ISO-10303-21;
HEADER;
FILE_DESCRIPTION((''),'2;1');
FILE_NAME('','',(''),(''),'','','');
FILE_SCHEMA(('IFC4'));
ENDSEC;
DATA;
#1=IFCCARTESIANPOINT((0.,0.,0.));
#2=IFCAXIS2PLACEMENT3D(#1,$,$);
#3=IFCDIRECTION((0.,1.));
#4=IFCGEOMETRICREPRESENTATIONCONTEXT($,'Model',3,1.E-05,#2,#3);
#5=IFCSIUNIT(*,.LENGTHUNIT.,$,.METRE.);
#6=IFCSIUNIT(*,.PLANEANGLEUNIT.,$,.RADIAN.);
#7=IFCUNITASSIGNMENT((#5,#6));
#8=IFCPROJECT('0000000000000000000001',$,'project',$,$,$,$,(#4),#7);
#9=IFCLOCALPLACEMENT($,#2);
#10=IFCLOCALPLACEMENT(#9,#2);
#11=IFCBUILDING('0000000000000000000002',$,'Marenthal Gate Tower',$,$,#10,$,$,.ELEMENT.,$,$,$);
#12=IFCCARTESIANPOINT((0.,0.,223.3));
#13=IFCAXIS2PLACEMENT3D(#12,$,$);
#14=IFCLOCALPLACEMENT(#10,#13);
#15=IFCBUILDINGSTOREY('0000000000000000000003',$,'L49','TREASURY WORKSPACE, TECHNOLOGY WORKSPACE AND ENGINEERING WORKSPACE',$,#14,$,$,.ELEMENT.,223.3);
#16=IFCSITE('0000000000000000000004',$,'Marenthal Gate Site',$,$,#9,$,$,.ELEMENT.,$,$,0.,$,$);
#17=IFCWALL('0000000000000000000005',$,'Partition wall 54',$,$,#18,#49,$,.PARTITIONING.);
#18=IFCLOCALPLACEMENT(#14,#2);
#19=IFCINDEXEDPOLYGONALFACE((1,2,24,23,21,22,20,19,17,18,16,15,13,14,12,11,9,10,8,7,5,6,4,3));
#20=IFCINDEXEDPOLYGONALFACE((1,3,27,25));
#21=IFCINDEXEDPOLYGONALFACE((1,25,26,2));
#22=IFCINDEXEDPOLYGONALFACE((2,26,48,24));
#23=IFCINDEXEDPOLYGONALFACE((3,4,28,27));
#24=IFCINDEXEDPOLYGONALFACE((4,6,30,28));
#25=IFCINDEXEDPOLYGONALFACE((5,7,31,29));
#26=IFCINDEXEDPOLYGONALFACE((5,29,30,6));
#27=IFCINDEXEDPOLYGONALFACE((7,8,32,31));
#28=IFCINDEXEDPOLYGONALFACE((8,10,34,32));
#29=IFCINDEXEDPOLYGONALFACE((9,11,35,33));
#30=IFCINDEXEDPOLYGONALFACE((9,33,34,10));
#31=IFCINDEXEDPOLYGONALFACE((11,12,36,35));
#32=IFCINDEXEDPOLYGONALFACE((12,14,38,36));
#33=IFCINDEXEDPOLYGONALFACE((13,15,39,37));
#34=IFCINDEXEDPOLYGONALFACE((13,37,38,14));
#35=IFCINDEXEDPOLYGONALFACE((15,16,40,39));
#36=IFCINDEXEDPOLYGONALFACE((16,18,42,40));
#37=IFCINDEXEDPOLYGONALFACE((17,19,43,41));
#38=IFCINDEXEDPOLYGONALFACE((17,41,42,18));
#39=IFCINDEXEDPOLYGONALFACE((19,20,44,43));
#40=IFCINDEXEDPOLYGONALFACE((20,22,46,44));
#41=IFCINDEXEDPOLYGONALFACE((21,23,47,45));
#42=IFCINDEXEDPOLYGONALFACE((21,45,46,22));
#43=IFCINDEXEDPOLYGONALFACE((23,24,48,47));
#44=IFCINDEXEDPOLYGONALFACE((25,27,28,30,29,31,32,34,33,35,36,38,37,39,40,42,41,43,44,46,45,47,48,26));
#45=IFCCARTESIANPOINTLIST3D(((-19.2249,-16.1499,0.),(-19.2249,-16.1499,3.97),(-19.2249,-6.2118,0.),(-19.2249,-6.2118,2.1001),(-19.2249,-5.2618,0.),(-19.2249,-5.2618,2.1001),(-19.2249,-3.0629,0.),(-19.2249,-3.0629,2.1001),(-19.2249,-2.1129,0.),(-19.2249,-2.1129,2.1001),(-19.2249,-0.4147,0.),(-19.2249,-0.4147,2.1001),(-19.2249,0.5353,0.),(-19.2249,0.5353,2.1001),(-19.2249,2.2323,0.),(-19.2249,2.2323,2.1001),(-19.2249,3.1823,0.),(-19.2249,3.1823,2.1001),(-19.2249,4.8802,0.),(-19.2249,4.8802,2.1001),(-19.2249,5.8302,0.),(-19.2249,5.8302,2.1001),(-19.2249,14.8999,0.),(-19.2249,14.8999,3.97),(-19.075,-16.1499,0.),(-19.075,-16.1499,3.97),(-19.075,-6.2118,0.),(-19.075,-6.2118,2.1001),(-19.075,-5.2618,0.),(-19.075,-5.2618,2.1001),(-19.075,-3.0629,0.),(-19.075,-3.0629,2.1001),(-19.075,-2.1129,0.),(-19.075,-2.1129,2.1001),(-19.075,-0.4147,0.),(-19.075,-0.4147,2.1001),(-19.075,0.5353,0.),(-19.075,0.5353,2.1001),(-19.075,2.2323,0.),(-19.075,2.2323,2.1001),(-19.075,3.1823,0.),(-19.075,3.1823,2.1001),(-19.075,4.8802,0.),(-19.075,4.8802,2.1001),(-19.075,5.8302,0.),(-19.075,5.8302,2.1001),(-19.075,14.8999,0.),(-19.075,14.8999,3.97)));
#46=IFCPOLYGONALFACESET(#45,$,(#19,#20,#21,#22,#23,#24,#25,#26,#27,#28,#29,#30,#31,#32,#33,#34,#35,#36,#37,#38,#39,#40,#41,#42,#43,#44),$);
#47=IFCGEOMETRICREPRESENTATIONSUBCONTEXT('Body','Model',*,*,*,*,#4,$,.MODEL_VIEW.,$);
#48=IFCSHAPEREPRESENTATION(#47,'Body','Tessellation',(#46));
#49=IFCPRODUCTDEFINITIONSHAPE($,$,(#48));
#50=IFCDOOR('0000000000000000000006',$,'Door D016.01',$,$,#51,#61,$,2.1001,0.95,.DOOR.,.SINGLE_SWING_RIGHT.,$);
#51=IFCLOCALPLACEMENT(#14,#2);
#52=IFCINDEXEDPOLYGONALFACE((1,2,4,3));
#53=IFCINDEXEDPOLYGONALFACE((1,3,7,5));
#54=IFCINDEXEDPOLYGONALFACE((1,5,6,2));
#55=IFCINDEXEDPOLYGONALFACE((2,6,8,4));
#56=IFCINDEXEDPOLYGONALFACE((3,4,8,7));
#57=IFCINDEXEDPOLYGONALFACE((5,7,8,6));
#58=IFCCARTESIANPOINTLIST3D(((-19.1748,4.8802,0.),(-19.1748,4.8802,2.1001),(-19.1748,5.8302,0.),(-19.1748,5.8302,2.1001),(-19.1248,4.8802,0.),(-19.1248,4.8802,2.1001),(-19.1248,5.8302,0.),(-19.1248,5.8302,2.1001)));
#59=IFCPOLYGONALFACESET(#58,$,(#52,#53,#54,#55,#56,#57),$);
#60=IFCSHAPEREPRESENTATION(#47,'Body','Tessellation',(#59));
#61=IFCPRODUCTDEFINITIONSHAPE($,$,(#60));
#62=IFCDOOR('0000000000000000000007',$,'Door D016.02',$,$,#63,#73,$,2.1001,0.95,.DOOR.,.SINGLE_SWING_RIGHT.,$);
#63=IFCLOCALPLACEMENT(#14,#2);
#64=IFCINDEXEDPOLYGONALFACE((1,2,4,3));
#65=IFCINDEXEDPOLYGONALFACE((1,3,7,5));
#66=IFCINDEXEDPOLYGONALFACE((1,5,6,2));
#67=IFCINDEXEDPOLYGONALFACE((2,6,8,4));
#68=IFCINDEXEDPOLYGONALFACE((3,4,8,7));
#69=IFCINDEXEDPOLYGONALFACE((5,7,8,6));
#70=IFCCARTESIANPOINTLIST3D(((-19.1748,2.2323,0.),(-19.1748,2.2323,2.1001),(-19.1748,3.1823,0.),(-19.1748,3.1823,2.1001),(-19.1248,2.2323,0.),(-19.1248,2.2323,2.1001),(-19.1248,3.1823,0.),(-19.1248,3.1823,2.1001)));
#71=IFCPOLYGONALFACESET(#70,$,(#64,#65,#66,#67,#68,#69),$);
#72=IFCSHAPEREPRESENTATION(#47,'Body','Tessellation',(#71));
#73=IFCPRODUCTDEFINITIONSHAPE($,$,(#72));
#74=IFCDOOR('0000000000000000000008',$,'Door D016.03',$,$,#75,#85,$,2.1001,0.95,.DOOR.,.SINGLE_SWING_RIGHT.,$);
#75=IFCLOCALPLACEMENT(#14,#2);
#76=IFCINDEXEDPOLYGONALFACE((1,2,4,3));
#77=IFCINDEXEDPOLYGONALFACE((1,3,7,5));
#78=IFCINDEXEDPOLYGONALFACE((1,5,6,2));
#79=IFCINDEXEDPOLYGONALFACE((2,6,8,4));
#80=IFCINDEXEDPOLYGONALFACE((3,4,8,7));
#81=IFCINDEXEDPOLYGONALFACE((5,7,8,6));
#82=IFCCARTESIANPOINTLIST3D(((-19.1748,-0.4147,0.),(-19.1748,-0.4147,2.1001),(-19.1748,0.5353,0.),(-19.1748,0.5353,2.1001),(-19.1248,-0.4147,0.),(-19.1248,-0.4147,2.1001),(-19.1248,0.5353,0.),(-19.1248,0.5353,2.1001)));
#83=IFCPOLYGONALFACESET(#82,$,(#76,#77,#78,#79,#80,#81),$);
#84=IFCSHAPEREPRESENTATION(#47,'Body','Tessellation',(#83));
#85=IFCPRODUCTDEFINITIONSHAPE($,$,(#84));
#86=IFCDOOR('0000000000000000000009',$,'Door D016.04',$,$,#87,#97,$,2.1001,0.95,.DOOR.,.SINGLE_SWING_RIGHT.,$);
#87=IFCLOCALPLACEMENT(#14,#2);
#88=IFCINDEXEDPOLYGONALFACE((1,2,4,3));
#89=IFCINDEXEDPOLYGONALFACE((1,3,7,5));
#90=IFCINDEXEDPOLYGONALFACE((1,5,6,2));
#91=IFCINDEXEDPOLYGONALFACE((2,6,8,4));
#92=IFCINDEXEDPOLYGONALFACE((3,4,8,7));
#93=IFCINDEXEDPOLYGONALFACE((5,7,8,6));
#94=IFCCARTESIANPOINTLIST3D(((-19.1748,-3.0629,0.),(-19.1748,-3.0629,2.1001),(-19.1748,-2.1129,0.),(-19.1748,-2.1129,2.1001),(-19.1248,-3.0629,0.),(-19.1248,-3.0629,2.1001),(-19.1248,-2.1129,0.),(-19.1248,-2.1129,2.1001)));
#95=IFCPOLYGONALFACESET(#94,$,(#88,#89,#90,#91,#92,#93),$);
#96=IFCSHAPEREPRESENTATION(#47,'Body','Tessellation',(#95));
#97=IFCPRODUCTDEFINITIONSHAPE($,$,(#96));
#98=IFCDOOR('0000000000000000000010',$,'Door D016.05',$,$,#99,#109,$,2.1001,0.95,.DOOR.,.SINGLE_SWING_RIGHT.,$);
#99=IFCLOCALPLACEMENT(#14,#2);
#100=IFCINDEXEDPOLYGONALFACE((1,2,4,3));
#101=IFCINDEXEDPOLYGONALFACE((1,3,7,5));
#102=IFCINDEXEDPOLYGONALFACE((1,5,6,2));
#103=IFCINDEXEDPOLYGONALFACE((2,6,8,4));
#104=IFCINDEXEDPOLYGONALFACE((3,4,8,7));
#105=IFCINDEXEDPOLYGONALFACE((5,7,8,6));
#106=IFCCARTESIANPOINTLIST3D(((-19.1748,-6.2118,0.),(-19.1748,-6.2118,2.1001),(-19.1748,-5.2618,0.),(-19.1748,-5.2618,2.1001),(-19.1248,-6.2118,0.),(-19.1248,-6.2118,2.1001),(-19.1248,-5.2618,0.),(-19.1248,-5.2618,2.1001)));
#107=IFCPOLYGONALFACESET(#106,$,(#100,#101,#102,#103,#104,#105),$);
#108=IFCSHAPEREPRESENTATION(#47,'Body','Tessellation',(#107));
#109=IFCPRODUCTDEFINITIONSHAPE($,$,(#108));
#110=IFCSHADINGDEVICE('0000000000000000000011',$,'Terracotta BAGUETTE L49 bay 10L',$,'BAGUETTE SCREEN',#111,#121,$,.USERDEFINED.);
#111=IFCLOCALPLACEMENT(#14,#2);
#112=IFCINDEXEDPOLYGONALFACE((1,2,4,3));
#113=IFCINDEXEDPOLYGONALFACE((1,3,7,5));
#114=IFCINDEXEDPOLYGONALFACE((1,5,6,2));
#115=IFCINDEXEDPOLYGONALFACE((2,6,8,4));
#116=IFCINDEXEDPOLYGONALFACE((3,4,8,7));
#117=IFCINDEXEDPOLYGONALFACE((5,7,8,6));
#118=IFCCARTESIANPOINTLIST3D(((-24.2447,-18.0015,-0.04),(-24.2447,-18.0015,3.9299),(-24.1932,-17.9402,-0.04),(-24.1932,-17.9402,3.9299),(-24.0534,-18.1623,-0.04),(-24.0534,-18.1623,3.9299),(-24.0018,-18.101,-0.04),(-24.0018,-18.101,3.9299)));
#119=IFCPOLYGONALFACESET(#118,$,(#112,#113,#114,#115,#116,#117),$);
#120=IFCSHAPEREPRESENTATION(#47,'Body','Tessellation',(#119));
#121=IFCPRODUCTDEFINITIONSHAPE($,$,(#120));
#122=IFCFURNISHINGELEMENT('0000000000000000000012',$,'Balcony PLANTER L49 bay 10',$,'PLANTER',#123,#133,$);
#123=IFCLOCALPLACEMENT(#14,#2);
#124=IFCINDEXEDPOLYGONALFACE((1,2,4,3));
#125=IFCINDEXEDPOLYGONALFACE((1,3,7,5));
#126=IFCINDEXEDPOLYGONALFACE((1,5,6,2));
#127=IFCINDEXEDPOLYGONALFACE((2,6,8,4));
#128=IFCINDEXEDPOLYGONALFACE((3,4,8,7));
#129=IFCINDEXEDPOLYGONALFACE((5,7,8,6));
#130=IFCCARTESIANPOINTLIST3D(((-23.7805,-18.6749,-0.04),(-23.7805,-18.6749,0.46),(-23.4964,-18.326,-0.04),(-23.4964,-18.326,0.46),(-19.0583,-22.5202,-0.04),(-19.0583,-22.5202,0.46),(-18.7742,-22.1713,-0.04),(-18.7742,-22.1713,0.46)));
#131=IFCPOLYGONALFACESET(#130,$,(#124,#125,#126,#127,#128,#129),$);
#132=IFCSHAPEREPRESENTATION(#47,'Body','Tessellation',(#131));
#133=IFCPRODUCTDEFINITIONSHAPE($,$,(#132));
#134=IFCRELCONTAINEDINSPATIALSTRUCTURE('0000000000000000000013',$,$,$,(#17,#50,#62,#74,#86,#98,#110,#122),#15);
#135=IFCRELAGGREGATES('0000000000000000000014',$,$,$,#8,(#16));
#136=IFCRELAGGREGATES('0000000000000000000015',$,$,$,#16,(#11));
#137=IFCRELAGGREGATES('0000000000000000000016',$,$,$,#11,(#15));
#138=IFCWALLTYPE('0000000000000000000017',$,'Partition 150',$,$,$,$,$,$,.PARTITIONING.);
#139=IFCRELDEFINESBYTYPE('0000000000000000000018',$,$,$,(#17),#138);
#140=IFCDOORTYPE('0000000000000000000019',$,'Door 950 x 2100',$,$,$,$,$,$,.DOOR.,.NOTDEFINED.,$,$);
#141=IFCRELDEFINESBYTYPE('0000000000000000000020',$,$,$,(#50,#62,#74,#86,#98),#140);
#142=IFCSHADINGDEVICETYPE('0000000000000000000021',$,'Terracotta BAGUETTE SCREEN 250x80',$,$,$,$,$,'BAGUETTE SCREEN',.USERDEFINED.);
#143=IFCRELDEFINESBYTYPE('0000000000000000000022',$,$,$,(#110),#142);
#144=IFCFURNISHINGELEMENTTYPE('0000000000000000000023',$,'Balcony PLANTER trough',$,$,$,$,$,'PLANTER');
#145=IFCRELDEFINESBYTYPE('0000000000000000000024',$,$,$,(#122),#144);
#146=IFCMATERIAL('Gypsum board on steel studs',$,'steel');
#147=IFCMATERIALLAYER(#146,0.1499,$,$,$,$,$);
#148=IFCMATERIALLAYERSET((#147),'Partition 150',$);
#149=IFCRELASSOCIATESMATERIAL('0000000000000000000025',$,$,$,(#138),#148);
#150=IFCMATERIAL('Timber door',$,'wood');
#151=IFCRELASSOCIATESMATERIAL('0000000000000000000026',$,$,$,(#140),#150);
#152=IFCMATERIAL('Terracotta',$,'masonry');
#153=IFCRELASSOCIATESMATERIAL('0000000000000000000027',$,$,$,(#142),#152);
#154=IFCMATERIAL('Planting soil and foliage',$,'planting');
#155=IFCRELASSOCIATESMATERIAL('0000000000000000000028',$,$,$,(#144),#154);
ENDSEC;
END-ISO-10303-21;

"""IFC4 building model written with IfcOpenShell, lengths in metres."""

from ifc_helpers import new_model, si_unit, direction, frame, frame_2d, origin, origin_2d, place, context, subcontext, project, spatial, rectangle, extrude, material, layer, layer_set, material_profile, profile_set, type_object, element, fill, save


model = new_model("IFC4")

# Units and contexts
model_context = context("Model", 3, precision=1e-05, world=origin(), true_north=direction((0.0, 1.0)))
body_context = subcontext(model_context, "Body", "Model", "MODEL_VIEW")
ifc_project = project(units=[si_unit("LENGTHUNIT", "METRE"), si_unit("PLANEANGLEUNIT", "RADIAN")], contexts=[model_context])

# Site, building, storey
site_placement = place(None, origin())
site = spatial("IfcSite", under=ifc_project, at=site_placement, Name="Marenthal Gate Site", CompositionType="ELEMENT", RefElevation=0.0)
building_placement = place(site_placement, origin())
building = spatial("IfcBuilding", under=site, at=building_placement, Name="Marenthal Gate Tower", CompositionType="ELEMENT")
storey_placement = place(building_placement, frame((0.0, 0.0, 223.3)))
storey = spatial("IfcBuildingStorey", under=building, at=storey_placement, Name="L49", Description="TREASURY WORKSPACE, TECHNOLOGY WORKSPACE AND ENGINEERING WORKSPACE", CompositionType="ELEMENT", Elevation=223.3)

# Wall, openings, doors
ifc_material_1 = material(Name="Gypsum board on steel studs", Category="steel")
ifc_layer_1 = layer(ifc_material_1, 0.1499)
ifc_layer_set_1 = layer_set([ifc_layer_1], Name="Partition 150")
wall_type_1 = type_object("IfcWallType", Name="Partition 150", PredefinedType="PARTITIONING", material=ifc_layer_set_1)
wall_1_placement = place(storey_placement, frame((-19.1499, -16.1499, 0.0), z_axis=(0.0, 0.0, 1.0), x_axis=(0.0, 1.0, 0.0)))
wall_1 = element("IfcWall", 1, at=wall_1_placement, inside=storey, type_object=wall_type_1, Name="Partition wall 54", PredefinedType="PARTITIONING", context=body_context, shape_type="SweptSolid", body=[
    extrude(rectangle(XDim=31.0498, YDim=0.1499, at=frame_2d((15.5249, 0.0))), origin(), (0.0, 0.0, 1.0), 3.97),
])
opening_1_placement = place(wall_1_placement, frame((21.03, 0.0, 0.0)))
opening_1 = element("IfcOpeningElement", 2, at=opening_1_placement, cuts=wall_1, PredefinedType="OPENING", context=body_context, shape_type="SweptSolid", body=[
    extrude(rectangle(XDim=0.95, YDim=2.1001, at=frame_2d((0.4751, 1.05))), frame((0.0, 0.085, 0.0), z_axis=(0.0, -1.0, 0.0), x_axis=(1.0, 0.0, 0.0)), (0.0, 0.0, 1.0), 0.1699),
])
opening_2_placement = place(wall_1_placement, frame((18.3821, 0.0, 0.0)))
opening_2 = element("IfcOpeningElement", 3, at=opening_2_placement, cuts=wall_1, PredefinedType="OPENING", context=body_context, shape_type="SweptSolid", body=[
    extrude(rectangle(XDim=0.95, YDim=2.1001, at=frame_2d((0.4751, 1.05))), frame((0.0, 0.085, 0.0), z_axis=(0.0, -1.0, 0.0), x_axis=(1.0, 0.0, 0.0)), (0.0, 0.0, 1.0), 0.1699),
])
opening_3_placement = place(wall_1_placement, frame((15.7351, 0.0, 0.0)))
opening_3 = element("IfcOpeningElement", 4, at=opening_3_placement, cuts=wall_1, PredefinedType="OPENING", context=body_context, shape_type="SweptSolid", body=[
    extrude(rectangle(XDim=0.95, YDim=2.1001, at=frame_2d((0.4751, 1.05))), frame((0.0, 0.085, 0.0), z_axis=(0.0, -1.0, 0.0), x_axis=(1.0, 0.0, 0.0)), (0.0, 0.0, 1.0), 0.1699),
])
opening_4_placement = place(wall_1_placement, frame((13.0869, 0.0, 0.0)))
opening_4 = element("IfcOpeningElement", 5, at=opening_4_placement, cuts=wall_1, PredefinedType="OPENING", context=body_context, shape_type="SweptSolid", body=[
    extrude(rectangle(XDim=0.95, YDim=2.1001, at=frame_2d((0.4751, 1.05))), frame((0.0, 0.085, 0.0), z_axis=(0.0, -1.0, 0.0), x_axis=(1.0, 0.0, 0.0)), (0.0, 0.0, 1.0), 0.1699),
])
opening_5_placement = place(wall_1_placement, frame((9.938, 0.0, 0.0)))
opening_5 = element("IfcOpeningElement", 6, at=opening_5_placement, cuts=wall_1, PredefinedType="OPENING", context=body_context, shape_type="SweptSolid", body=[
    extrude(rectangle(XDim=0.95, YDim=2.1001, at=frame_2d((0.4751, 1.05))), frame((0.0, 0.085, 0.0), z_axis=(0.0, -1.0, 0.0), x_axis=(1.0, 0.0, 0.0)), (0.0, 0.0, 1.0), 0.1699),
])
ifc_material_2 = material(Name="Timber door", Category="wood")
door_type_1 = type_object("IfcDoorType", Name="Door 950 x 2100", OperationType="NOTDEFINED", PredefinedType="DOOR", material=ifc_material_2)
door_1_placement = place(opening_1_placement, origin())
door_1 = element("IfcDoor", 7, at=door_1_placement, inside=storey, type_object=door_type_1, Name="Door D016.01", OperationType="SINGLE_SWING_RIGHT", OverallHeight=2.1001, OverallWidth=0.95, PredefinedType="DOOR", context=body_context, shape_type="SweptSolid", body=[
    extrude(rectangle(XDim=0.95, YDim=2.1001, at=frame_2d((0.4751, 1.05))), frame((0.0, 0.0249, 0.0), z_axis=(0.0, -1.0, 0.0), x_axis=(1.0, 0.0, 0.0)), (0.0, 0.0, 1.0), 0.05),
])
fill(opening_1, door_1)
door_2_placement = place(opening_2_placement, origin())
door_2 = element("IfcDoor", 8, at=door_2_placement, inside=storey, type_object=door_type_1, Name="Door D016.02", OperationType="SINGLE_SWING_RIGHT", OverallHeight=2.1001, OverallWidth=0.95, PredefinedType="DOOR", context=body_context, shape_type="SweptSolid", body=[
    extrude(rectangle(XDim=0.95, YDim=2.1001, at=frame_2d((0.4751, 1.05))), frame((0.0, 0.0249, 0.0), z_axis=(0.0, -1.0, 0.0), x_axis=(1.0, 0.0, 0.0)), (0.0, 0.0, 1.0), 0.05),
])
fill(opening_2, door_2)
door_3_placement = place(opening_3_placement, origin())
door_3 = element("IfcDoor", 9, at=door_3_placement, inside=storey, type_object=door_type_1, Name="Door D016.03", OperationType="SINGLE_SWING_RIGHT", OverallHeight=2.1001, OverallWidth=0.95, PredefinedType="DOOR", context=body_context, shape_type="SweptSolid", body=[
    extrude(rectangle(XDim=0.95, YDim=2.1001, at=frame_2d((0.4751, 1.05))), frame((0.0, 0.0249, 0.0), z_axis=(0.0, -1.0, 0.0), x_axis=(1.0, 0.0, 0.0)), (0.0, 0.0, 1.0), 0.05),
])
fill(opening_3, door_3)
door_4_placement = place(opening_4_placement, origin())
door_4 = element("IfcDoor", 10, at=door_4_placement, inside=storey, type_object=door_type_1, Name="Door D016.04", OperationType="SINGLE_SWING_RIGHT", OverallHeight=2.1001, OverallWidth=0.95, PredefinedType="DOOR", context=body_context, shape_type="SweptSolid", body=[
    extrude(rectangle(XDim=0.95, YDim=2.1001, at=frame_2d((0.4751, 1.05))), frame((0.0, 0.0249, 0.0), z_axis=(0.0, -1.0, 0.0), x_axis=(1.0, 0.0, 0.0)), (0.0, 0.0, 1.0), 0.05),
])
fill(opening_4, door_4)
door_5_placement = place(opening_5_placement, origin())
door_5 = element("IfcDoor", 11, at=door_5_placement, inside=storey, type_object=door_type_1, Name="Door D016.05", OperationType="SINGLE_SWING_RIGHT", OverallHeight=2.1001, OverallWidth=0.95, PredefinedType="DOOR", context=body_context, shape_type="SweptSolid", body=[
    extrude(rectangle(XDim=0.95, YDim=2.1001, at=frame_2d((0.4751, 1.05))), frame((0.0, 0.0249, 0.0), z_axis=(0.0, -1.0, 0.0), x_axis=(1.0, 0.0, 0.0)), (0.0, 0.0, 1.0), 0.05),
])
fill(opening_5, door_5)

# Shading device
ifc_material_3 = material(Name="Terracotta", Category="masonry")
ifc_material_profile_1 = material_profile(ifc_material_3, rectangle(XDim=0.25, YDim=0.0801, at=origin_2d()), Name="Terracotta baguette 250x80")
ifc_profile_set_1 = profile_set([ifc_material_profile_1], Name="Terracotta")
shading_device_type = type_object("IfcShadingDeviceType", Name="Terracotta BAGUETTE SCREEN 250x80", ElementType="BAGUETTE SCREEN", PredefinedType="USERDEFINED", material=ifc_profile_set_1)
shading_device_placement = place(storey_placement, frame((-24.1233, -18.0513, -0.04), z_axis=(0.0, 0.0, 1.0), x_axis=(0.765551, -0.643375, 0.0)))
element("IfcShadingDevice", 12, at=shading_device_placement, inside=storey, type_object=shading_device_type, Name="Terracotta BAGUETTE L49 bay 10L", ObjectType="BAGUETTE SCREEN", PredefinedType="USERDEFINED", context=body_context, shape_type="SweptSolid", body=[
    extrude(rectangle(XDim=0.25, YDim=0.0801, at=origin_2d()), origin(), (0.0, 0.0, 1.0), 3.97),
])

# Furnishing element
ifc_material_4 = material(Name="Planting soil and foliage", Category="planting")
furnishing_element_type = type_object("IfcFurnishingElementType", Name="Balcony PLANTER trough", ElementType="PLANTER", material=ifc_material_4)
furnishing_placement = place(storey_placement, frame((-21.2773, -20.4231, -0.04), z_axis=(0.0, 0.0, 1.0), x_axis=(0.775432, -0.631432, 0.0)))
element("IfcFurnishingElement", 13, at=furnishing_placement, inside=storey, type_object=furnishing_element_type, Name="Balcony PLANTER L49 bay 10", ObjectType="PLANTER", context=body_context, shape_type="SweptSolid", body=[
    extrude(rectangle(XDim=6.0898, YDim=0.45, at=origin_2d()), origin(), (0.0, 0.0, 1.0), 0.5),
])

save(model, "model.ifc")
